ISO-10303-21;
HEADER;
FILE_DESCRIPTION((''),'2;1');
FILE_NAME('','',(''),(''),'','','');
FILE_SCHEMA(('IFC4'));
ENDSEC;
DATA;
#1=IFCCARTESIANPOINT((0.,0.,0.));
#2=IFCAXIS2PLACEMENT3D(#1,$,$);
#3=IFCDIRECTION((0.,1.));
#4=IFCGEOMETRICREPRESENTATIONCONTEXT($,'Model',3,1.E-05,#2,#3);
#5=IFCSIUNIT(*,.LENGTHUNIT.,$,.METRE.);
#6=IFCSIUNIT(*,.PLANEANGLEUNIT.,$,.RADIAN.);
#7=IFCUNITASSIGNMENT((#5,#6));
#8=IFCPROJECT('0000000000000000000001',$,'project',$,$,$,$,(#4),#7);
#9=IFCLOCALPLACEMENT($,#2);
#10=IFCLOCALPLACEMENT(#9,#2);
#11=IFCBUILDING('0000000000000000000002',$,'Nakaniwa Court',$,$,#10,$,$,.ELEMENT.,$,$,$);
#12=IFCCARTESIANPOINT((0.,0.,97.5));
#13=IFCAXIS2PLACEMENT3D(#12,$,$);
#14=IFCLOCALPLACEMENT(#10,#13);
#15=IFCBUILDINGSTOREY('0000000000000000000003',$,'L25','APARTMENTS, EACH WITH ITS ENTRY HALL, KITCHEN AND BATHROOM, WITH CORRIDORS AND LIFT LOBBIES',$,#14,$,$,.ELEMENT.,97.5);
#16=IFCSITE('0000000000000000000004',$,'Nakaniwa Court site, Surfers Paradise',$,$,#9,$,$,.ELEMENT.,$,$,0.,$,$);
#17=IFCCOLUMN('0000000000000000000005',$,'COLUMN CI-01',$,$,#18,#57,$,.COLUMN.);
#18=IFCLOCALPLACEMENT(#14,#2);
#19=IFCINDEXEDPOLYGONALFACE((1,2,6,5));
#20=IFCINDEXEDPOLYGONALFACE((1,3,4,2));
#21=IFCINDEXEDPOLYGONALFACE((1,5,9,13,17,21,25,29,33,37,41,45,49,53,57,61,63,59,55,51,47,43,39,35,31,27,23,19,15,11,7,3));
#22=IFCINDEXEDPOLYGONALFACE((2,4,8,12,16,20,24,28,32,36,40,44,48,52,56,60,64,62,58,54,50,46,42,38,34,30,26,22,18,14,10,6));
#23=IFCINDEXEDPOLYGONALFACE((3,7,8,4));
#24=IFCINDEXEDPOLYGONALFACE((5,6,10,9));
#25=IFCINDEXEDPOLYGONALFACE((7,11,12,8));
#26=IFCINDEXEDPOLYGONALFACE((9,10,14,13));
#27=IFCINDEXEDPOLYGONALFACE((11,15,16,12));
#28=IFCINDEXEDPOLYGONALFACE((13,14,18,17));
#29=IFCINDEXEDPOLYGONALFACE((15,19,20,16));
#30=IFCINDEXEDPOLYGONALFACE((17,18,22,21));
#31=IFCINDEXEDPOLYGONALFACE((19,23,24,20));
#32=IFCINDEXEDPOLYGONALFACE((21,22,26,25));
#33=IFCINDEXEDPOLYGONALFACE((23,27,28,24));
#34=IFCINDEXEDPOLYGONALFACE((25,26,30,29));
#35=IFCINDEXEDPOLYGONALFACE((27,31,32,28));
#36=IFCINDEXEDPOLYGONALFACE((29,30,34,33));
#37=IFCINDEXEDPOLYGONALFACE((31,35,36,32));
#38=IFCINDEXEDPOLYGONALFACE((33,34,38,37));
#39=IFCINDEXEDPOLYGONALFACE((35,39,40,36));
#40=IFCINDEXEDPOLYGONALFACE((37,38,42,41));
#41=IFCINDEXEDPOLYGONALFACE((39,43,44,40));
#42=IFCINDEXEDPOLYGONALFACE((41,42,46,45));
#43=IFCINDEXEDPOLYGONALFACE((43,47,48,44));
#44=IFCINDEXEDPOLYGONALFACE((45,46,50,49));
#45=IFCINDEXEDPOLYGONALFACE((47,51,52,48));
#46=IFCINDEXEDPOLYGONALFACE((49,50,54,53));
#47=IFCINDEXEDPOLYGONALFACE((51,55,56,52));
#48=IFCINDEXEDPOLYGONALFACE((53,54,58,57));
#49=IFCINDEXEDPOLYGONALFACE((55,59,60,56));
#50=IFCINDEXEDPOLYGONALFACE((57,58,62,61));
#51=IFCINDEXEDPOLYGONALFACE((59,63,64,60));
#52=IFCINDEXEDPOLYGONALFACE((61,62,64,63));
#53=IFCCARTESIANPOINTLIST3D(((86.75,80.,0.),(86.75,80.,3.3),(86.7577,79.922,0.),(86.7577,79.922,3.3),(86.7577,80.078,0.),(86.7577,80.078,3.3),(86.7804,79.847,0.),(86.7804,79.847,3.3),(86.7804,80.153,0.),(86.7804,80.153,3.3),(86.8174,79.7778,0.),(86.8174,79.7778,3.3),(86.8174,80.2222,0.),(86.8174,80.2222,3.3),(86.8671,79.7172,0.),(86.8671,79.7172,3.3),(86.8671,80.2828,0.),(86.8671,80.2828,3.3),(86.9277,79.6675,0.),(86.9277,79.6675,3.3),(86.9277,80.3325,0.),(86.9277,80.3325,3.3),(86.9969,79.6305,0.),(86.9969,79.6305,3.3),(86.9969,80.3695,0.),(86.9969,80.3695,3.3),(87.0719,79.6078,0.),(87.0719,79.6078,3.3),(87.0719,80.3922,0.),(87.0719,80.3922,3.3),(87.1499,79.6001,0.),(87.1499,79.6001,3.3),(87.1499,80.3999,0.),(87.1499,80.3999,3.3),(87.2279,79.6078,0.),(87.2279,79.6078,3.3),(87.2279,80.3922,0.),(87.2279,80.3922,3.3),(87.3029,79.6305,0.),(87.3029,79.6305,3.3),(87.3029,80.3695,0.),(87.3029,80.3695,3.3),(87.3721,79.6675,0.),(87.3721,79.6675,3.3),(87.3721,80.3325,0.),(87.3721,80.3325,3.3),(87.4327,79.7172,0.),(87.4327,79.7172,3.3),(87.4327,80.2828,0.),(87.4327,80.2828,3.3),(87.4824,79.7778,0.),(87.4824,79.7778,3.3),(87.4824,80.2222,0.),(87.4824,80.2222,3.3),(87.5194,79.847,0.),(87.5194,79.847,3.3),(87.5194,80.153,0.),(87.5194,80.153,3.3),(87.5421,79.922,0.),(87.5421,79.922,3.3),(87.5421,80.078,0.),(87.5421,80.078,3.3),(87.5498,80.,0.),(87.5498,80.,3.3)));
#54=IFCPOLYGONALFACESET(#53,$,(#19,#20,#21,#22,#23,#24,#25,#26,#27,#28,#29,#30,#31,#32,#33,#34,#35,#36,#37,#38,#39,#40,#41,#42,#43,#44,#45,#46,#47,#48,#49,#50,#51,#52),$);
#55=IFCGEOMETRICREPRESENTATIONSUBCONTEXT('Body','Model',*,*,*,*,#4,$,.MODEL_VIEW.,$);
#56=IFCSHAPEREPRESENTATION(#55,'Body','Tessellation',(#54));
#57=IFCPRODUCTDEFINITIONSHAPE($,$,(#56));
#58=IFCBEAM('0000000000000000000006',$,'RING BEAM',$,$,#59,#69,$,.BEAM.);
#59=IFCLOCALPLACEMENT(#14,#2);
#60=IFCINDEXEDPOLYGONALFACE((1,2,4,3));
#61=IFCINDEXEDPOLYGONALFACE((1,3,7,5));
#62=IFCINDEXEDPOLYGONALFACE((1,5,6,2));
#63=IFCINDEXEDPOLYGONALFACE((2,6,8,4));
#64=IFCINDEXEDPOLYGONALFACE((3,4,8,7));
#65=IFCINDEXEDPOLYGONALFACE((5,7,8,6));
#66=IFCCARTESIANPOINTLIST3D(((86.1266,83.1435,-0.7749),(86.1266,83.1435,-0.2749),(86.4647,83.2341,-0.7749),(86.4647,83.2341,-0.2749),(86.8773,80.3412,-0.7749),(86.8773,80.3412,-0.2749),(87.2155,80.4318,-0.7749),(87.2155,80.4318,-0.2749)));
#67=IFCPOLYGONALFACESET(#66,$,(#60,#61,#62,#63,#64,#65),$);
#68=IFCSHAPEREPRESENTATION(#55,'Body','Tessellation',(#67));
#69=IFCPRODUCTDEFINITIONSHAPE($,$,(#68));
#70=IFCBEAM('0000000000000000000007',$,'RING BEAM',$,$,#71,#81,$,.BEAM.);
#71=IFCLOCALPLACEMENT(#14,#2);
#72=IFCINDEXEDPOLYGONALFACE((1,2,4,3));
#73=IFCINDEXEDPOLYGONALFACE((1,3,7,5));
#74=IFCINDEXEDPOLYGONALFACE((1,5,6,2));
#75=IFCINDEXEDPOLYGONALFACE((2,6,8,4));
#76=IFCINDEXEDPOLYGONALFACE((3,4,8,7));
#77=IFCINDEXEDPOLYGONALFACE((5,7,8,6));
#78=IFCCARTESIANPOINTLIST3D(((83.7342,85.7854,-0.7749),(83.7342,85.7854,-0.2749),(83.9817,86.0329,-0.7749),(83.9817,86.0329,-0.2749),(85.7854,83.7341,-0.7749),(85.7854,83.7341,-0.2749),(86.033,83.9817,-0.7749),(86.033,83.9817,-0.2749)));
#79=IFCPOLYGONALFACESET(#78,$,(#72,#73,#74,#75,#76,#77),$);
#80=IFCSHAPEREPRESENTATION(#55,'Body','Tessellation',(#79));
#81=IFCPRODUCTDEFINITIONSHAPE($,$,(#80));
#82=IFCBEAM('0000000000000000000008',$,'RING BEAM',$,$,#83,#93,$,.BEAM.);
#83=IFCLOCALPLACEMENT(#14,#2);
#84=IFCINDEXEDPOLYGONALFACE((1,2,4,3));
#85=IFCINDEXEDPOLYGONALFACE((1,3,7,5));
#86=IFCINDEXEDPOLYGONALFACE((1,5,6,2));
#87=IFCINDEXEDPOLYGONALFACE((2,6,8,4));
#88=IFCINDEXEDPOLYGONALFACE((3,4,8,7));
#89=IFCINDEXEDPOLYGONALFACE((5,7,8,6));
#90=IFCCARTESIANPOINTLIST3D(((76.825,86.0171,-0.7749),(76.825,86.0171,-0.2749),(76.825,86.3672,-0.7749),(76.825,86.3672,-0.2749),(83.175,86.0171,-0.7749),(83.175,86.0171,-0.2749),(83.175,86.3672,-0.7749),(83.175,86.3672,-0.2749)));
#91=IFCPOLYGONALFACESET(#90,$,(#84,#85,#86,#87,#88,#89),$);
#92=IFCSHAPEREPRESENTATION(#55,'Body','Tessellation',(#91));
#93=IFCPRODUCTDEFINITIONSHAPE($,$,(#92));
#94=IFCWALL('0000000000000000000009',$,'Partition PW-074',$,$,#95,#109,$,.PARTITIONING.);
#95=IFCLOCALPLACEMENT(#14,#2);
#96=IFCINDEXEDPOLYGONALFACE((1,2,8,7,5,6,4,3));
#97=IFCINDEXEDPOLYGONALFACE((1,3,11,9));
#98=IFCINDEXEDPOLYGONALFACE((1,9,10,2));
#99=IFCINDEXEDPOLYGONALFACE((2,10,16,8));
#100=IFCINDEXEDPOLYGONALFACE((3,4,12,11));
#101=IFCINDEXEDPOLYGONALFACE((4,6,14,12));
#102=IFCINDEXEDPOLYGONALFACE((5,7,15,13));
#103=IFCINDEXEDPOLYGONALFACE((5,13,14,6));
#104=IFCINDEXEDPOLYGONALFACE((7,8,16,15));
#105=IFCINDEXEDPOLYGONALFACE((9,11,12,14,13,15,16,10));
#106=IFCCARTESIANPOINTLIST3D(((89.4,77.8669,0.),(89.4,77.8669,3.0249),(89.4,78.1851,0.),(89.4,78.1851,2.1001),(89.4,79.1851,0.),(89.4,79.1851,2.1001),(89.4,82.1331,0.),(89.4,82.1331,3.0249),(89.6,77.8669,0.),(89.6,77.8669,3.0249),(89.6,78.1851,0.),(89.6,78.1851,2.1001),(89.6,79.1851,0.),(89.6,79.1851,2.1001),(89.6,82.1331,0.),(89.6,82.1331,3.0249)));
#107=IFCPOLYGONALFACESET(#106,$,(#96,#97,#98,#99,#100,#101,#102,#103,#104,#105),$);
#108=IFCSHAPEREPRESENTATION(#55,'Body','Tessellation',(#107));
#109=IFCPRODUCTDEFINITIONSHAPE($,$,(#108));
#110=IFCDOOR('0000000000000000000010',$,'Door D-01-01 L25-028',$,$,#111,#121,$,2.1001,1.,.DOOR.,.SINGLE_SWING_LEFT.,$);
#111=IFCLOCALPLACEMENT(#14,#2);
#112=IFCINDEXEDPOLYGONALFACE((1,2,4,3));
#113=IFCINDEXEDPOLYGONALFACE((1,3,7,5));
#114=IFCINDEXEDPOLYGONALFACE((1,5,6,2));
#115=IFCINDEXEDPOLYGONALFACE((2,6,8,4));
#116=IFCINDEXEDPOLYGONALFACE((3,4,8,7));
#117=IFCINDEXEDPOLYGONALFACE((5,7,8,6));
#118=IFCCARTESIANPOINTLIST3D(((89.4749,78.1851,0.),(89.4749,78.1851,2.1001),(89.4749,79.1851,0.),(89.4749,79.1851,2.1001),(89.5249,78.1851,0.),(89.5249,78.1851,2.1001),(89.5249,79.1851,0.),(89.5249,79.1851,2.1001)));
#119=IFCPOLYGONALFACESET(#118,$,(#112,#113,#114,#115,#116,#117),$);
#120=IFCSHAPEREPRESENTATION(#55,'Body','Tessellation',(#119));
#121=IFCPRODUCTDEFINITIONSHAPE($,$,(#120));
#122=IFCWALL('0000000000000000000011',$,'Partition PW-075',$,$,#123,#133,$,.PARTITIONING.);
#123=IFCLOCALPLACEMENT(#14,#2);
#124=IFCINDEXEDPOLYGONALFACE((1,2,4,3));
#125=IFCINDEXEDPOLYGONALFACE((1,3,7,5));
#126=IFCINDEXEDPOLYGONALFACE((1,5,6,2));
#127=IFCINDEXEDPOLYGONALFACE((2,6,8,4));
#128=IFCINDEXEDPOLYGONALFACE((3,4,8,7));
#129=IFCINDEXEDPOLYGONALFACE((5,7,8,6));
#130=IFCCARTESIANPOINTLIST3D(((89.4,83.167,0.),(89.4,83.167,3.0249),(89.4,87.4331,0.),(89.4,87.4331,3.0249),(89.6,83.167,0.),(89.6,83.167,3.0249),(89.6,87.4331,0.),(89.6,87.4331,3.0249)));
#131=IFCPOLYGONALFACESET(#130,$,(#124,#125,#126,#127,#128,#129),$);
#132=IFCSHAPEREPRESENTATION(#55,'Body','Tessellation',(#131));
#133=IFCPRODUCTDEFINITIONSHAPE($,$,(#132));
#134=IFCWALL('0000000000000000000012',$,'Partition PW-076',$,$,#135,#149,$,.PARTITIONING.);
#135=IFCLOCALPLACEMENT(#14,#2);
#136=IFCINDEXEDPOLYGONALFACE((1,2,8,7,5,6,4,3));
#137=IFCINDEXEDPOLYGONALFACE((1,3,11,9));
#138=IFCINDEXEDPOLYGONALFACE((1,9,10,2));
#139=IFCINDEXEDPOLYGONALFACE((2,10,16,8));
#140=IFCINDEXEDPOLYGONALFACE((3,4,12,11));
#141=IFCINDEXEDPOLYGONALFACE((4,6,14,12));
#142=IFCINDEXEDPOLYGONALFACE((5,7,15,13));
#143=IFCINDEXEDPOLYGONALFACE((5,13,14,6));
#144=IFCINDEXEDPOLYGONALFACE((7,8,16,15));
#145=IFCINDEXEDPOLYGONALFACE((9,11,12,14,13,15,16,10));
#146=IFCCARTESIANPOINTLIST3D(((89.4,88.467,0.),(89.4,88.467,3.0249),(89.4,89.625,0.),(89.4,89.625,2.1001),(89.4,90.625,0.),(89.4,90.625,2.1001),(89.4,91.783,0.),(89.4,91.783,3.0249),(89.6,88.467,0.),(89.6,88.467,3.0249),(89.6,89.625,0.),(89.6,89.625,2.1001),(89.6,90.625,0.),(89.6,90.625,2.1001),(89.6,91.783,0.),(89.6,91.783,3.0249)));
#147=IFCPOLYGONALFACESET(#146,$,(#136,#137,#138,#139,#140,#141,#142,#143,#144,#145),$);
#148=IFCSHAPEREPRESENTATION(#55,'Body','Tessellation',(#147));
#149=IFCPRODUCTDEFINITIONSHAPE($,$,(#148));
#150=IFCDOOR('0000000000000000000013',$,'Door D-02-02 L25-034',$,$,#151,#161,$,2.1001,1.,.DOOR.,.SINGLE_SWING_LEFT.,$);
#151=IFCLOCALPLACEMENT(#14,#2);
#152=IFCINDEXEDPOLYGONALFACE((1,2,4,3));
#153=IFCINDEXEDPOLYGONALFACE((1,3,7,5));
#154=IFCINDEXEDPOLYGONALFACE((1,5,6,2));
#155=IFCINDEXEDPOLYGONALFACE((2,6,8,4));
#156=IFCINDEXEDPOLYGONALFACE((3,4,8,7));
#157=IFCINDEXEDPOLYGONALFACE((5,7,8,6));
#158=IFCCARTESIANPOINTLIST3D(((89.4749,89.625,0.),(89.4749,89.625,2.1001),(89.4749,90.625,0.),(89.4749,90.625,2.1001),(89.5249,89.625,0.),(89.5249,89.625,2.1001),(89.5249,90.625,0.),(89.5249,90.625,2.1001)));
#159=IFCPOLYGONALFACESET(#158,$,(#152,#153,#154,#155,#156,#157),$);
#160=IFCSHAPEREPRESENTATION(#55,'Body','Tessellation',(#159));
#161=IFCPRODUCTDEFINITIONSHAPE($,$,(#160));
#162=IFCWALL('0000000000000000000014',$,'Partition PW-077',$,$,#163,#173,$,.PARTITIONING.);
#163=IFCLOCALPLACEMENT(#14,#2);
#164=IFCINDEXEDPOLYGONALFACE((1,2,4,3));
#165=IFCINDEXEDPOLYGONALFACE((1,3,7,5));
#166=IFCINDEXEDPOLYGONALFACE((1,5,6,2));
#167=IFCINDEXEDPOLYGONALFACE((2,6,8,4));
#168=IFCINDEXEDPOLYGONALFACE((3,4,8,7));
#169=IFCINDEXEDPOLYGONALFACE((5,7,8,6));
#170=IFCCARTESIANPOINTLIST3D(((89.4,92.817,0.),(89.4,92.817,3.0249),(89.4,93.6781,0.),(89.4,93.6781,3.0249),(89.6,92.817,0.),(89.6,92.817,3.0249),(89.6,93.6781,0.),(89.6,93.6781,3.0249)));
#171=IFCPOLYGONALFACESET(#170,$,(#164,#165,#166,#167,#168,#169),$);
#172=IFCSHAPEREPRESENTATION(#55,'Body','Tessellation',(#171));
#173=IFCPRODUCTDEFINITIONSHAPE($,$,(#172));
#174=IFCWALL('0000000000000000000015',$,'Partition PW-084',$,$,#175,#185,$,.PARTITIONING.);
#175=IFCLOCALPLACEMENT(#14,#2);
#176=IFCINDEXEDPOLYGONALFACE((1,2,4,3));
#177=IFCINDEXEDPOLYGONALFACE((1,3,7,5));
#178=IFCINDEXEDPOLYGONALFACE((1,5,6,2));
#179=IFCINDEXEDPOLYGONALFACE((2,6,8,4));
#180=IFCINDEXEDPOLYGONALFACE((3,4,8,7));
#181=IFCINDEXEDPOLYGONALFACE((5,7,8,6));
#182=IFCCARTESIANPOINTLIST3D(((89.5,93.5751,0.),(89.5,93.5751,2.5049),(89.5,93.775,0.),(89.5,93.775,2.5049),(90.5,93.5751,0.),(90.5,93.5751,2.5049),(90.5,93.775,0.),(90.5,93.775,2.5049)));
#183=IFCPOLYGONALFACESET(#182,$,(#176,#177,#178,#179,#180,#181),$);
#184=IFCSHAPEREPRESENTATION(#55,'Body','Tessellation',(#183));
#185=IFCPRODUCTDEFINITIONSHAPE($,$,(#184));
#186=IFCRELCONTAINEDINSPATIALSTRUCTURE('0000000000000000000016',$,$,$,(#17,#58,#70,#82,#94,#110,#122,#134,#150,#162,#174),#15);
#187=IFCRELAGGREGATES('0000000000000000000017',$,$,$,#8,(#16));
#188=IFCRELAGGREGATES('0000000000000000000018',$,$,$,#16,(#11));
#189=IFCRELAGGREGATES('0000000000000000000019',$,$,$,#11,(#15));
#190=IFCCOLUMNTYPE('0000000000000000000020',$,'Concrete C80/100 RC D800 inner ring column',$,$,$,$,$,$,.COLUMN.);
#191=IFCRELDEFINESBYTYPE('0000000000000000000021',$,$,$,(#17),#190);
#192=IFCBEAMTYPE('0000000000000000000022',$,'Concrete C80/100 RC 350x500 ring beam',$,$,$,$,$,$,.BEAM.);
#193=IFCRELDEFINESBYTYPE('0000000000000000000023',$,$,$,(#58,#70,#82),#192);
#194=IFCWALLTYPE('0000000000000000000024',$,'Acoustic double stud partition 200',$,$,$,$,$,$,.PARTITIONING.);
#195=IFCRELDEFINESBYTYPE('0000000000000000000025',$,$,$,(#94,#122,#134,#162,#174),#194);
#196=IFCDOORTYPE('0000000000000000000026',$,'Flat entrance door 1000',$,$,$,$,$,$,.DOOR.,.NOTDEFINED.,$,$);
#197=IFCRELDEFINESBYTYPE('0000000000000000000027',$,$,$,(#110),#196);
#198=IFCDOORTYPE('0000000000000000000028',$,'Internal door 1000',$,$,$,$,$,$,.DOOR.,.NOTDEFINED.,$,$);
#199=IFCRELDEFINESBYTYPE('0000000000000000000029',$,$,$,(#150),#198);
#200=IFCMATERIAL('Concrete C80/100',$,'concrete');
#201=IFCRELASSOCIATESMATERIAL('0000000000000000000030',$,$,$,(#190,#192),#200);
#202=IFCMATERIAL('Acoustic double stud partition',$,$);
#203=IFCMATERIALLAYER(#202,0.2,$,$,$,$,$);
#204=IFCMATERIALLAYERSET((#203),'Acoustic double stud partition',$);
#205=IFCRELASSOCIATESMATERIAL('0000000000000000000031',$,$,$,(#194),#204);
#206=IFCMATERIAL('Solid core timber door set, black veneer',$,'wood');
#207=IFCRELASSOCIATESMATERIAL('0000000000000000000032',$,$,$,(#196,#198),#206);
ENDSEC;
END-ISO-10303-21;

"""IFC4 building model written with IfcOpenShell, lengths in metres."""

from ifc_helpers import new_model, si_unit, direction, frame, frame_2d, origin, origin_2d, place, context, subcontext, project, spatial, rectangle, circle, extrude, material, layer, layer_set, material_profile, profile_set, type_object, element, fill, save


model = new_model("IFC4")

# Units and contexts
model_context = context("Model", 3, precision=1e-05, world=origin(), true_north=direction((0.0, 1.0)))
body_context = subcontext(model_context, "Body", "Model", "MODEL_VIEW")
ifc_project = project(units=[si_unit("LENGTHUNIT", "METRE"), si_unit("PLANEANGLEUNIT", "RADIAN")], contexts=[model_context])

# Site, building, storey
site_placement = place(None, origin())
site = spatial("IfcSite", under=ifc_project, at=site_placement, Name="Nakaniwa Court site, Surfers Paradise", CompositionType="ELEMENT", RefElevation=0.0)
building_placement = place(site_placement, origin())
building = spatial("IfcBuilding", under=site, at=building_placement, Name="Nakaniwa Court", CompositionType="ELEMENT")
storey_placement = place(building_placement, frame((0.0, 0.0, 97.5)))
storey = spatial("IfcBuildingStorey", under=building, at=storey_placement, Name="L25", Description="APARTMENTS, EACH WITH ITS ENTRY HALL, KITCHEN AND BATHROOM, WITH CORRIDORS AND LIFT LOBBIES", CompositionType="ELEMENT", Elevation=97.5)

# Column
ifc_material_1 = material(Name="Concrete C80/100", Category="concrete")
ifc_material_profile_1 = material_profile(ifc_material_1, circle(Radius=0.3999, at=origin_2d()), Name="Concrete C80/100 RC D800 inner ring column")
ifc_profile_set_1 = profile_set([ifc_material_profile_1], Name="Concrete C80/100")
column_type = type_object("IfcColumnType", Name="Concrete C80/100 RC D800 inner ring column", PredefinedType="COLUMN", material=ifc_profile_set_1)
for number, where, z_axis, x_axis, name in (
    (1, (87.1499, 80.0, 0.0), (0.0, 0.0, 1.0), (0.0, 1.0, 0.0), "COLUMN CI-01"),
):
    element("IfcColumn", number, at=place(storey_placement, frame(where, z_axis=z_axis, x_axis=x_axis)), inside=storey, type_object=column_type, Name=name, PredefinedType="COLUMN", context=body_context, shape_type="SweptSolid", body=[
        extrude(circle(Radius=0.3999, at=origin_2d()), origin(), (0.0, 0.0, 1.0), 3.3),
    ])

# Beams
ifc_material_profile_2 = material_profile(ifc_material_1, rectangle(XDim=0.3501, YDim=0.5, at=origin_2d()), Name="Concrete C80/100 RC 350x500 ring beam")
ifc_profile_set_2 = profile_set([ifc_material_profile_2], Name="Concrete C80/100")
beam_type = type_object("IfcBeamType", Name="Concrete C80/100 RC 350x500 ring beam", PredefinedType="BEAM", material=ifc_profile_set_2)
beam_1_placement = place(storey_placement, frame((87.0464, 80.3865, -0.5249), z_axis=(-0.258778, 0.965937, 0.0), x_axis=(-0.965937, -0.258778, 0.0)))
element("IfcBeam", 2, at=beam_1_placement, inside=storey, type_object=beam_type, Name="RING BEAM", PredefinedType="BEAM", context=body_context, shape_type="SweptSolid", body=[
    extrude(rectangle(XDim=0.3501, YDim=0.5, at=origin_2d()), origin(), (0.0, 0.0, 1.0), 2.9011),
])
beam_2_placement = place(storey_placement, frame((85.9092, 83.8579, -0.5249), z_axis=(-0.707107, 0.707107, 0.0), x_axis=(-0.707107, -0.707107, 0.0)))
element("IfcBeam", 3, at=beam_2_placement, inside=storey, type_object=beam_type, Name="RING BEAM", PredefinedType="BEAM", context=body_context, shape_type="SweptSolid", body=[
    extrude(rectangle(XDim=0.3501, YDim=0.5, at=origin_2d()), origin(), (0.0, 0.0, 1.0), 2.9009),
])
beam_3_placement = place(storey_placement, frame((83.175, 86.1921, -0.5249), z_axis=(-1.0, 0.0, 0.0), x_axis=(0.0, -1.0, 0.0)))
element("IfcBeam", 4, at=beam_3_placement, inside=storey, type_object=beam_type, Name="RING BEAM", PredefinedType="BEAM", context=body_context, shape_type="SweptSolid", body=[
    extrude(rectangle(XDim=0.3501, YDim=0.5, at=origin_2d()), origin(), (0.0, 0.0, 1.0), 6.3501),
])

# Wall, opening, door
ifc_material_2 = material(Name="Acoustic double stud partition")
ifc_layer_1 = layer(ifc_material_2, 0.2)
ifc_layer_set_1 = layer_set([ifc_layer_1], Name="Acoustic double stud partition")
wall_type_1 = type_object("IfcWallType", Name="Acoustic double stud partition 200", PredefinedType="PARTITIONING", material=ifc_layer_set_1)
wall_1_placement = place(storey_placement, frame((89.5, 82.1331, 0.0), z_axis=(0.0, 0.0, 1.0), x_axis=(0.0, -1.0, 0.0)))
wall_1 = element("IfcWall", 5, at=wall_1_placement, inside=storey, type_object=wall_type_1, Name="Partition PW-074", PredefinedType="PARTITIONING", context=body_context, shape_type="SweptSolid", body=[
    extrude(rectangle(XDim=4.2661, YDim=0.2, at=frame_2d((2.1331, 0.0))), origin(), (0.0, 0.0, 1.0), 3.0249),
])
opening_1_placement = place(wall_1_placement, frame((2.948, 0.0, 0.0)))
opening_1 = element("IfcOpeningElement", 6, at=opening_1_placement, cuts=wall_1, PredefinedType="OPENING", context=body_context, shape_type="SweptSolid", body=[
    extrude(rectangle(XDim=1.0, YDim=2.1001, at=frame_2d((0.5, 1.05))), frame((0.0, 0.1099, 0.0), z_axis=(0.0, -1.0, 0.0), x_axis=(1.0, 0.0, 0.0)), (0.0, 0.0, 1.0), 0.22),
])
ifc_material_3 = material(Name="Solid core timber door set, black veneer", Category="wood")
door_type_1 = type_object("IfcDoorType", Name="Flat entrance door 1000", OperationType="NOTDEFINED", PredefinedType="DOOR", material=ifc_material_3)
door_1_placement = place(opening_1_placement, origin())
door_1 = element("IfcDoor", 7, at=door_1_placement, inside=storey, type_object=door_type_1, Name="Door D-01-01 L25-028", OperationType="SINGLE_SWING_LEFT", OverallHeight=2.1001, OverallWidth=1.0, PredefinedType="DOOR", context=body_context, shape_type="SweptSolid", body=[
    extrude(rectangle(XDim=1.0, YDim=2.1001, at=frame_2d((0.5, 1.05))), frame((0.0, 0.0249, 0.0), z_axis=(0.0, -1.0, 0.0), x_axis=(1.0, 0.0, 0.0)), (0.0, 0.0, 1.0), 0.05),
])
fill(opening_1, door_1)

# Wall
wall_2_placement = place(storey_placement, frame((89.5, 83.167, 0.0), z_axis=(0.0, 0.0, 1.0), x_axis=(0.0, 1.0, 0.0)))
element("IfcWall", 8, at=wall_2_placement, inside=storey, type_object=wall_type_1, Name="Partition PW-075", PredefinedType="PARTITIONING", context=body_context, shape_type="SweptSolid", body=[
    extrude(rectangle(XDim=4.2661, YDim=0.2, at=frame_2d((2.1331, 0.0))), origin(), (0.0, 0.0, 1.0), 3.0249),
])

# Wall, opening, door
wall_3_placement = place(storey_placement, frame((89.5, 91.783, 0.0), z_axis=(0.0, 0.0, 1.0), x_axis=(0.0, -1.0, 0.0)))
wall_3 = element("IfcWall", 9, at=wall_3_placement, inside=storey, type_object=wall_type_1, Name="Partition PW-076", PredefinedType="PARTITIONING", context=body_context, shape_type="SweptSolid", body=[
    extrude(rectangle(XDim=3.3159, YDim=0.2, at=frame_2d((1.658, 0.0))), origin(), (0.0, 0.0, 1.0), 3.0249),
])
opening_2_placement = place(wall_3_placement, frame((1.158, 0.0, 0.0)))
opening_2 = element("IfcOpeningElement", 10, at=opening_2_placement, cuts=wall_3, PredefinedType="OPENING", context=body_context, shape_type="SweptSolid", body=[
    extrude(rectangle(XDim=1.0, YDim=2.1001, at=frame_2d((0.5, 1.05))), frame((0.0, 0.1099, 0.0), z_axis=(0.0, -1.0, 0.0), x_axis=(1.0, 0.0, 0.0)), (0.0, 0.0, 1.0), 0.22),
])
door_type_2 = type_object("IfcDoorType", Name="Internal door 1000", OperationType="NOTDEFINED", PredefinedType="DOOR", material=ifc_material_3)
door_2_placement = place(opening_2_placement, origin())
door_2 = element("IfcDoor", 11, at=door_2_placement, inside=storey, type_object=door_type_2, Name="Door D-02-02 L25-034", OperationType="SINGLE_SWING_LEFT", OverallHeight=2.1001, OverallWidth=1.0, PredefinedType="DOOR", context=body_context, shape_type="SweptSolid", body=[
    extrude(rectangle(XDim=1.0, YDim=2.1001, at=frame_2d((0.5, 1.05))), frame((0.0, 0.0249, 0.0), z_axis=(0.0, -1.0, 0.0), x_axis=(1.0, 0.0, 0.0)), (0.0, 0.0, 1.0), 0.05),
])
fill(opening_2, door_2)

# Walls
wall_4_placement = place(storey_placement, frame((89.5, 92.8169, 0.0), z_axis=(0.0, 0.0, 1.0), x_axis=(0.0, 1.0, 0.0)))
element("IfcWall", 12, at=wall_4_placement, inside=storey, type_object=wall_type_1, Name="Partition PW-077", PredefinedType="PARTITIONING", context=body_context, shape_type="SweptSolid", body=[
    extrude(rectangle(XDim=0.8611, YDim=0.2, at=frame_2d((0.4307, 0.0))), origin(), (0.0, 0.0, 1.0), 3.0249),
])
wall_5_placement = place(storey_placement, frame((89.5, 93.675, 0.0), z_axis=(0.0, 0.0, 1.0), x_axis=(1.0, 0.0, 0.0)))
element("IfcWall", 13, at=wall_5_placement, inside=storey, type_object=wall_type_1, Name="Partition PW-084", PredefinedType="PARTITIONING", context=body_context, shape_type="SweptSolid", body=[
    extrude(rectangle(XDim=1.0, YDim=0.2, at=frame_2d((0.5, 0.0))), origin(), (0.0, 0.0, 1.0), 2.5049),
])

save(model, "model.ifc")
